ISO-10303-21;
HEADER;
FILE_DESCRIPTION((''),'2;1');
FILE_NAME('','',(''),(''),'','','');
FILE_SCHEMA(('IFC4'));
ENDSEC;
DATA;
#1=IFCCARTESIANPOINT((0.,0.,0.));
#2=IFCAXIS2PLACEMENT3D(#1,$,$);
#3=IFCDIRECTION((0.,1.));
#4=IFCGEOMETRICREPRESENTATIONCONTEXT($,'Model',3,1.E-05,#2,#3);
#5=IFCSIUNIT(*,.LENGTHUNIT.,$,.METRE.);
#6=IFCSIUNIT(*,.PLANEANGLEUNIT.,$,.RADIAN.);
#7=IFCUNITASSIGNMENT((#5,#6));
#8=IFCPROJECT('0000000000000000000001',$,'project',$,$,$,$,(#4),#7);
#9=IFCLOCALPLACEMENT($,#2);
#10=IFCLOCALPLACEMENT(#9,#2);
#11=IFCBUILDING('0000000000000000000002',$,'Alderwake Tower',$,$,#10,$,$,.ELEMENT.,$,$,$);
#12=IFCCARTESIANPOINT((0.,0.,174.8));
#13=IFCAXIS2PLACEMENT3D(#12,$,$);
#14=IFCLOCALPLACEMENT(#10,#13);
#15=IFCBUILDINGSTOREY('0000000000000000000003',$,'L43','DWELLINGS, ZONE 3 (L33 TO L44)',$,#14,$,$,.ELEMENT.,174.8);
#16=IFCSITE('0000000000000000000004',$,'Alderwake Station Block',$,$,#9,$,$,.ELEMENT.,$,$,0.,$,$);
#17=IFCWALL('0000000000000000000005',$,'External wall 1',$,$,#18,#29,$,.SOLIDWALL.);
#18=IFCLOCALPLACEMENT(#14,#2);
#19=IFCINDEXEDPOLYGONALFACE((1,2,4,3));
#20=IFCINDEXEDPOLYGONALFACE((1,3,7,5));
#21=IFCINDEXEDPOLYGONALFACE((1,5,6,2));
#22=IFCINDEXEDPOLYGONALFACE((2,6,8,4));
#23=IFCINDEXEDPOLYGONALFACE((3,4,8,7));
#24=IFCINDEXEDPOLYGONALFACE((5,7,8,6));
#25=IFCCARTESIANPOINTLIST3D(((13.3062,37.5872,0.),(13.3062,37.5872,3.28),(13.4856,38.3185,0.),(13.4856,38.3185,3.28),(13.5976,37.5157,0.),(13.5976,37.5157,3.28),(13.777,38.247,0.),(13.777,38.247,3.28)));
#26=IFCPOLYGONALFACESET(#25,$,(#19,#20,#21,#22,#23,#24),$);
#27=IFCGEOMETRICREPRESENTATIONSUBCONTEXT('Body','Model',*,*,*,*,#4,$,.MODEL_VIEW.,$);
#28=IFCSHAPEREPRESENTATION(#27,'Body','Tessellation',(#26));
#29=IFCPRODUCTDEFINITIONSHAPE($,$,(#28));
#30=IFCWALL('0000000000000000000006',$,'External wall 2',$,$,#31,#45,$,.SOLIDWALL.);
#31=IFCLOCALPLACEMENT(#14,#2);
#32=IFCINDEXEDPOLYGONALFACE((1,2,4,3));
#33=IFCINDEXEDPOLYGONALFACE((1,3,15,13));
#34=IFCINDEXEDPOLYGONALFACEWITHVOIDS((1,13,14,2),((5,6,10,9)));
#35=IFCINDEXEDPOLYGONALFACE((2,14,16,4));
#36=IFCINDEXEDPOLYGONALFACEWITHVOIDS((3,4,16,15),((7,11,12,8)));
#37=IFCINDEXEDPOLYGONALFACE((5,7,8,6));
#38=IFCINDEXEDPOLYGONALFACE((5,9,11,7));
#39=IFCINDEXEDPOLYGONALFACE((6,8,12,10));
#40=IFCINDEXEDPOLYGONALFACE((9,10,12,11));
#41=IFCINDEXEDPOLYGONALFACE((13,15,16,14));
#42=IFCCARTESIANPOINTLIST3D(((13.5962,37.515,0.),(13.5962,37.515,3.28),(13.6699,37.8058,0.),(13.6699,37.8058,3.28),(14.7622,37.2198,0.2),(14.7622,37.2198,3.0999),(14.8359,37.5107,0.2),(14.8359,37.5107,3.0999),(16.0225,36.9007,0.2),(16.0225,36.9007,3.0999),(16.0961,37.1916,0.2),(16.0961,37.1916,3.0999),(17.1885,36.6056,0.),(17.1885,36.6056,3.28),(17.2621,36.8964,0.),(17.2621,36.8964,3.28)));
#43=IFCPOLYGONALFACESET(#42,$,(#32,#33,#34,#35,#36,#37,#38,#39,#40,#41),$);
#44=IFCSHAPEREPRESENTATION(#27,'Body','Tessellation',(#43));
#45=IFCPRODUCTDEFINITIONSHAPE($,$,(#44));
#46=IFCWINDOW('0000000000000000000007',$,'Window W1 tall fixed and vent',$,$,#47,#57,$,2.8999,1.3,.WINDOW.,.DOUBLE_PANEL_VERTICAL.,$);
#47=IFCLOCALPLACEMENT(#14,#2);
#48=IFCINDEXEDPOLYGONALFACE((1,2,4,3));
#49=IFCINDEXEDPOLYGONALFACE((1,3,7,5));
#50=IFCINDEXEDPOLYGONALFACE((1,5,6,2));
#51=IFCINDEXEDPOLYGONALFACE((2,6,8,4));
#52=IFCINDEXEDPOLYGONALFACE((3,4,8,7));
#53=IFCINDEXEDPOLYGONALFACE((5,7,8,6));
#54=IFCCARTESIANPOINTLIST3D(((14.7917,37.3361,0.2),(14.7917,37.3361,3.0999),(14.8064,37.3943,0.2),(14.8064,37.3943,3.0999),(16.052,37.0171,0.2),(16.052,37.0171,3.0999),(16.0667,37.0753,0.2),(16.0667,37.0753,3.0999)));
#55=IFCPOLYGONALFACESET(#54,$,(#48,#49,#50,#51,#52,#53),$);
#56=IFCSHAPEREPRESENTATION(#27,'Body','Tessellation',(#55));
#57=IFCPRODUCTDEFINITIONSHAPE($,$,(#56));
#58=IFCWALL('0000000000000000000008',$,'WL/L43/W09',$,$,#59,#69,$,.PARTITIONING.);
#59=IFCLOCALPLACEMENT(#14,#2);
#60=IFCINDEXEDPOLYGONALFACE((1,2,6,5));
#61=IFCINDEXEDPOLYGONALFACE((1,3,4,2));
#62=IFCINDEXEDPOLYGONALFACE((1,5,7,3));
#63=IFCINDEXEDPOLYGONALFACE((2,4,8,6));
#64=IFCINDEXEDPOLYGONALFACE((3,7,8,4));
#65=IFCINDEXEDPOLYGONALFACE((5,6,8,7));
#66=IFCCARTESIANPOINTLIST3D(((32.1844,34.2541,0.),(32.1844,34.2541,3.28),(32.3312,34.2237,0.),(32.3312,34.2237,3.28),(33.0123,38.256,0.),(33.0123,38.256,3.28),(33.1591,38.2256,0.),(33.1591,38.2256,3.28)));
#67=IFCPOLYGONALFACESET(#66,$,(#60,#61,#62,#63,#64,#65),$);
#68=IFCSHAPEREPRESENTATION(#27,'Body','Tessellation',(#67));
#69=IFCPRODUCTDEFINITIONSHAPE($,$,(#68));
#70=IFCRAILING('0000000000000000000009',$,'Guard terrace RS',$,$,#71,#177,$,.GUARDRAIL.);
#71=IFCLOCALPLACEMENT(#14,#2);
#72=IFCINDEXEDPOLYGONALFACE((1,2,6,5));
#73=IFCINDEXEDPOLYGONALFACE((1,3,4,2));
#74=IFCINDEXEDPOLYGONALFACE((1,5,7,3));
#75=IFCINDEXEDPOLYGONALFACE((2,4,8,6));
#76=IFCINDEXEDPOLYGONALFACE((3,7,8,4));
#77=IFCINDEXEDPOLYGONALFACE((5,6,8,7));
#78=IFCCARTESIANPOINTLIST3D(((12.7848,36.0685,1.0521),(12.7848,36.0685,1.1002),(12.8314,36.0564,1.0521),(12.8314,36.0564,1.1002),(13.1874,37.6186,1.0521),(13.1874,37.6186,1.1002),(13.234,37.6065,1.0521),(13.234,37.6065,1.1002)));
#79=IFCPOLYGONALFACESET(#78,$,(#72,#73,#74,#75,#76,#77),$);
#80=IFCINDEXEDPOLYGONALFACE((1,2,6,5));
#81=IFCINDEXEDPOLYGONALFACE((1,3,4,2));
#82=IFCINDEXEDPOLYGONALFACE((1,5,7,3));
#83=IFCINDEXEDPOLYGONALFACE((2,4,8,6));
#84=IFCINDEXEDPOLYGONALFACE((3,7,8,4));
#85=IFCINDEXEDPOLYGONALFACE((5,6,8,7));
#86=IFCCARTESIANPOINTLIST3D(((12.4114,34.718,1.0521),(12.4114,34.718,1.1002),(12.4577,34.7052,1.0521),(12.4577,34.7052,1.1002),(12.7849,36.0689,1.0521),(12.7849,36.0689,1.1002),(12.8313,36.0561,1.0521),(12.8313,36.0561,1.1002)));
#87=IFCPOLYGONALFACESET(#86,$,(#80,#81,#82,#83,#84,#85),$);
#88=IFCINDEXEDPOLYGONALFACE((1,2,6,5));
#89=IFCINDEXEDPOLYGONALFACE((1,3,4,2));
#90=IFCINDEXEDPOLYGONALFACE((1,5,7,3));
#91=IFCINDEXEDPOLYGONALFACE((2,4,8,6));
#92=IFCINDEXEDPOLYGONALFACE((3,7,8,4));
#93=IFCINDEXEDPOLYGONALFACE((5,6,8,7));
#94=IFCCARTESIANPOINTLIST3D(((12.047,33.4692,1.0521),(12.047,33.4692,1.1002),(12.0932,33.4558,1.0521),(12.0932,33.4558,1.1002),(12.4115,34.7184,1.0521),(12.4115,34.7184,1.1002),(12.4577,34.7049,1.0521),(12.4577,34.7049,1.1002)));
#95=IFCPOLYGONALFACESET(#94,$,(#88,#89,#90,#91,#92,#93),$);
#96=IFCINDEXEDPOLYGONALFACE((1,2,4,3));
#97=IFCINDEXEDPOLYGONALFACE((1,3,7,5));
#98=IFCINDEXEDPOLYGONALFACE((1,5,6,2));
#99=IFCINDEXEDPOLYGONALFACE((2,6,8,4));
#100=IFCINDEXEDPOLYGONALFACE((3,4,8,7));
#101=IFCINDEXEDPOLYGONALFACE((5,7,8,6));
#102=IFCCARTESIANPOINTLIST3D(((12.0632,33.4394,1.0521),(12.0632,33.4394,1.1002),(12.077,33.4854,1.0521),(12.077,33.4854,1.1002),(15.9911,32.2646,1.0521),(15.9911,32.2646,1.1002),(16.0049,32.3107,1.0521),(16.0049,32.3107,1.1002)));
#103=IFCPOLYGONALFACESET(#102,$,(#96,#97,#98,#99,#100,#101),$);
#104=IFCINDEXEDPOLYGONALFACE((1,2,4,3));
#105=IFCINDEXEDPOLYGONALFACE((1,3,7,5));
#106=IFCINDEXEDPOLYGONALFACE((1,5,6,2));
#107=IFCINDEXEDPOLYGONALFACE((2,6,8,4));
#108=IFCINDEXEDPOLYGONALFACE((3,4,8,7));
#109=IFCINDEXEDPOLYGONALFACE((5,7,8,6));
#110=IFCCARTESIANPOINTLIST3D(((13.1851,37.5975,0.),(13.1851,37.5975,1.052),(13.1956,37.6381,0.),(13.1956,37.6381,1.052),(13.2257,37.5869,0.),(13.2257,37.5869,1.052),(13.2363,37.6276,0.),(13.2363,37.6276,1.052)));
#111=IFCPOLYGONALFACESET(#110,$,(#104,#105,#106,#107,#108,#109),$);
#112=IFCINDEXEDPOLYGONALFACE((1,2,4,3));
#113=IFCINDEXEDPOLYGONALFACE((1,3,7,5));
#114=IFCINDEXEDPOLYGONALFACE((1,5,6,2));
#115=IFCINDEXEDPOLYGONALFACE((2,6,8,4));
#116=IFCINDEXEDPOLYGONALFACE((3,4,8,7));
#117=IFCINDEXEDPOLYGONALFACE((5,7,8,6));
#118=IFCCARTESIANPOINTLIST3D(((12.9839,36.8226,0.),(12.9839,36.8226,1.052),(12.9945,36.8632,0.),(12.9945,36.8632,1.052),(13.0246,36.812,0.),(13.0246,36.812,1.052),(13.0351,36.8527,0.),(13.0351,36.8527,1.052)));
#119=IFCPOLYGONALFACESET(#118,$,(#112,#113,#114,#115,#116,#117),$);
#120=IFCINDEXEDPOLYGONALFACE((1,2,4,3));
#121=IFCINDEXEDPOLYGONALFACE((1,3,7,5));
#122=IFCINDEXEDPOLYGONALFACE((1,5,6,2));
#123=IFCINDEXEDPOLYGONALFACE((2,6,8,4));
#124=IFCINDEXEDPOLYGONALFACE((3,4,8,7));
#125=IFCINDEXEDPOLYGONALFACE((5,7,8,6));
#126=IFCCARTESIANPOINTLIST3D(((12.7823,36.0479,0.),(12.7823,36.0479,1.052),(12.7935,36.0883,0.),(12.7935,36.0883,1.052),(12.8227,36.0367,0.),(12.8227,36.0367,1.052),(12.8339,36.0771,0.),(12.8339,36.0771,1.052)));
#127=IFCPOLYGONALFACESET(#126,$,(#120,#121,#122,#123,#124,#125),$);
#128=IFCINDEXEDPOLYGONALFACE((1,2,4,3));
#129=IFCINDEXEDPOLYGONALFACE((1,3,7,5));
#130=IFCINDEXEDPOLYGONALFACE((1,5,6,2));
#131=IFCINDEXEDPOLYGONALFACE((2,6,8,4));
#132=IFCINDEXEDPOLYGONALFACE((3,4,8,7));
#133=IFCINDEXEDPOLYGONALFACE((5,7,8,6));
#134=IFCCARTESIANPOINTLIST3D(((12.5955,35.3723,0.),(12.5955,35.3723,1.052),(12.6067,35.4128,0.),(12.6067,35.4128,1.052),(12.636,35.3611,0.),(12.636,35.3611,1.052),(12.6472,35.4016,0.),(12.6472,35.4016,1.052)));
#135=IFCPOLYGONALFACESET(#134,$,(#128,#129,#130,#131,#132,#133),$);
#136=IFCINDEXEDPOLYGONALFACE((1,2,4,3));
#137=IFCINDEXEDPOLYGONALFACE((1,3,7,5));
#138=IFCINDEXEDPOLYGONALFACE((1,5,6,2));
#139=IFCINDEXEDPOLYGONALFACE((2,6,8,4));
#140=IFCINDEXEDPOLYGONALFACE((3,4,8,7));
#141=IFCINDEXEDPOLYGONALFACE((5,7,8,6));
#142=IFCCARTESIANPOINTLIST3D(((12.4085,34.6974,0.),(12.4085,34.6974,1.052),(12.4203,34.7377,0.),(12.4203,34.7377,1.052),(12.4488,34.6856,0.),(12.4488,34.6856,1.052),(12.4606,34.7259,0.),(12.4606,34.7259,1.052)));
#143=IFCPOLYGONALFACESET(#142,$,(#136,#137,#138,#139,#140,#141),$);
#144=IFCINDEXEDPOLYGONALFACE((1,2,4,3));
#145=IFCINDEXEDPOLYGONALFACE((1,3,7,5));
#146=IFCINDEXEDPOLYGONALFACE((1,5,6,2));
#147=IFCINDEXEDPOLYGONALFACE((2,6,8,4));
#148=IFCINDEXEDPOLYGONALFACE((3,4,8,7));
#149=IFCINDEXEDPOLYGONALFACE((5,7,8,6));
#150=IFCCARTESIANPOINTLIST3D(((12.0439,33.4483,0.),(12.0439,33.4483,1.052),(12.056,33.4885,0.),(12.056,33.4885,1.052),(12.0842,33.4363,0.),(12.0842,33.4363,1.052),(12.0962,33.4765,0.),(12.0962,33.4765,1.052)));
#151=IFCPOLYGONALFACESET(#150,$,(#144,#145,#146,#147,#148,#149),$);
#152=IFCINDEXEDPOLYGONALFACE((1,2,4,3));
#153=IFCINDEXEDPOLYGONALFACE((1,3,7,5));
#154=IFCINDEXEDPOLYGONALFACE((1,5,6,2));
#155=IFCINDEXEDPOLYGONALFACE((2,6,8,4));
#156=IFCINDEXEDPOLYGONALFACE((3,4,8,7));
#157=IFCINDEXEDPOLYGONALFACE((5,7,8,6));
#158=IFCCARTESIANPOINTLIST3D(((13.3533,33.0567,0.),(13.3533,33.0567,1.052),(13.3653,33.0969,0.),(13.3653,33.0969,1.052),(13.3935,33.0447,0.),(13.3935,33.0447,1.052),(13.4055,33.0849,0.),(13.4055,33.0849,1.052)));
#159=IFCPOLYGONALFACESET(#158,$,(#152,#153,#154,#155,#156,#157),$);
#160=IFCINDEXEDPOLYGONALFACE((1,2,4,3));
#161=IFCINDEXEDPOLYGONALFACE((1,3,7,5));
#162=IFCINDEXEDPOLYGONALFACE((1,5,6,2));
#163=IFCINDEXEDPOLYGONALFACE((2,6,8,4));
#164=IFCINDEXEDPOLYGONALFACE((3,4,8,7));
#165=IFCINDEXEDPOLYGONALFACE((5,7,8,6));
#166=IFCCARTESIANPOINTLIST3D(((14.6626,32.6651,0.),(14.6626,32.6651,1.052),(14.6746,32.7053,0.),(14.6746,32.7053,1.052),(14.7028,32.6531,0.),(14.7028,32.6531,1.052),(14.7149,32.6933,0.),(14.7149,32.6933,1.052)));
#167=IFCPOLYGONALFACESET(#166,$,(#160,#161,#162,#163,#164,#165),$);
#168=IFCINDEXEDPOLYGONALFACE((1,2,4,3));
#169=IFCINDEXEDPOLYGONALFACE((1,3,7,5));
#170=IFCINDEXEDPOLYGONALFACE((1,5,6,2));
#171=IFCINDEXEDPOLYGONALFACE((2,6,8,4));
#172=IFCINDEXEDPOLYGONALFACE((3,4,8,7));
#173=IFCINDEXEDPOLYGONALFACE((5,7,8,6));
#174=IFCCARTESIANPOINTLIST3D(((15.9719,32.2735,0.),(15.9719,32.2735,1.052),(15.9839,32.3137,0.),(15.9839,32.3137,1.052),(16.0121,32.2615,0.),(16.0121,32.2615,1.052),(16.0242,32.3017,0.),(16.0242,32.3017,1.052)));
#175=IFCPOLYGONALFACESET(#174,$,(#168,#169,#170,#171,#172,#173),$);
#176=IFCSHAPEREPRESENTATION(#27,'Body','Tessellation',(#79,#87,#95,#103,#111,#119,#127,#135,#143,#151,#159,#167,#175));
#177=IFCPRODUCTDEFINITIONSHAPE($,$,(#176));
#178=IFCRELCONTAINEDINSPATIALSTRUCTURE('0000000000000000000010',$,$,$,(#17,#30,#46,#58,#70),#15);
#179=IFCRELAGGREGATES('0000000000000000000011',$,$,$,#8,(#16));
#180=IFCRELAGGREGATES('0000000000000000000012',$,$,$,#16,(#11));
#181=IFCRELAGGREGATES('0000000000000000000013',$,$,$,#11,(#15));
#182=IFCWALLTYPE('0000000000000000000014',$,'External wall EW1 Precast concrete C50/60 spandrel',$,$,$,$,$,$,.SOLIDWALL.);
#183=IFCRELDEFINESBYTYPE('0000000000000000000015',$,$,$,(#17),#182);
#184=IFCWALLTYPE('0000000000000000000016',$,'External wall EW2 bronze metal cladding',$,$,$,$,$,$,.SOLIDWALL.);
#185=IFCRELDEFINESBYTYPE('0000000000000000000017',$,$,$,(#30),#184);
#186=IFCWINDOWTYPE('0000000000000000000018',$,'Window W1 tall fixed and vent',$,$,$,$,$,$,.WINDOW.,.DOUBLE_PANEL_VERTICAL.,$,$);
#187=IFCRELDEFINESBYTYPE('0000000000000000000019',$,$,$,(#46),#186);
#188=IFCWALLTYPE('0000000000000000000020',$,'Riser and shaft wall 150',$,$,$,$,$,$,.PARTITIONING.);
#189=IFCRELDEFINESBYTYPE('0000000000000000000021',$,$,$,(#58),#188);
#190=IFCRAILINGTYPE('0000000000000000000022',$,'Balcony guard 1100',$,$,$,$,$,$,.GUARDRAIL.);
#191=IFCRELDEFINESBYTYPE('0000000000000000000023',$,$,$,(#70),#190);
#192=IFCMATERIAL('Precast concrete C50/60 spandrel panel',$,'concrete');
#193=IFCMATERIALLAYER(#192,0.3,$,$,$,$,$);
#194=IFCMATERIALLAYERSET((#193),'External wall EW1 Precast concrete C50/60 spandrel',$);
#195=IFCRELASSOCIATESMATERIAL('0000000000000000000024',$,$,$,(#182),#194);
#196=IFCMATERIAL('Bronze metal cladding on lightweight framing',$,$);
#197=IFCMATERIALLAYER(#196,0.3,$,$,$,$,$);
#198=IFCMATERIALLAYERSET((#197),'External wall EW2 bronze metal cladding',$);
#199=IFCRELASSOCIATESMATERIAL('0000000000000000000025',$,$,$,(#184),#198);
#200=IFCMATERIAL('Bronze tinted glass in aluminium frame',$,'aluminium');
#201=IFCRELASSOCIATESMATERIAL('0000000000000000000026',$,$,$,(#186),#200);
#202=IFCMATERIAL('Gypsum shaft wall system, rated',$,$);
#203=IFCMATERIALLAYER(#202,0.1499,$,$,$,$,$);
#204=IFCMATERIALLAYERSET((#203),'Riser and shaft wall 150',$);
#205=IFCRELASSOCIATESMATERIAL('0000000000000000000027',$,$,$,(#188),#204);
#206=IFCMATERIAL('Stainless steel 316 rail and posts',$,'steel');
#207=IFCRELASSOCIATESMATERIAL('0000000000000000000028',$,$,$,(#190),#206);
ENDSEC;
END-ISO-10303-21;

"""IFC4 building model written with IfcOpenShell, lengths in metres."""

from ifc_helpers import new_model, si_unit, direction, frame, frame_2d, origin, origin_2d, place, context, subcontext, project, spatial, rectangle, extrude, material, layer, layer_set, type_object, element, fill, save


model = new_model("IFC4")

# Units and contexts
model_context = context("Model", 3, precision=1e-05, world=origin(), true_north=direction((0.0, 1.0)))
body_context = subcontext(model_context, "Body", "Model", "MODEL_VIEW")
ifc_project = project(units=[si_unit("LENGTHUNIT", "METRE"), si_unit("PLANEANGLEUNIT", "RADIAN")], contexts=[model_context])

# Site, building, storey
site_placement = place(None, origin())
site = spatial("IfcSite", under=ifc_project, at=site_placement, Name="Alderwake Station Block", CompositionType="ELEMENT", RefElevation=0.0)
building_placement = place(site_placement, origin())
building = spatial("IfcBuilding", under=site, at=building_placement, Name="Alderwake Tower", CompositionType="ELEMENT")
storey_placement = place(building_placement, frame((0.0, 0.0, 174.8)))
storey = spatial("IfcBuildingStorey", under=building, at=storey_placement, Name="L43", Description="DWELLINGS, ZONE 3 (L33 TO L44)", CompositionType="ELEMENT", Elevation=174.8)

# Wall
ifc_material_1 = material(Name="Precast concrete C50/60 spandrel panel", Category="concrete")
ifc_layer_1 = layer(ifc_material_1, 0.3)
ifc_layer_set_1 = layer_set([ifc_layer_1], Name="External wall EW1 Precast concrete C50/60 spandrel")
wall_type_1 = type_object("IfcWallType", Name="External wall EW1 Precast concrete C50/60 spandrel", PredefinedType="SOLIDWALL", material=ifc_layer_set_1)
wall_1_placement = place(storey_placement, frame((13.6313, 38.2827, 0.0), z_axis=(0.0, 0.0, 1.0), x_axis=(-0.238337, -0.971183, 0.0)))
element("IfcWall", 1, at=wall_1_placement, inside=storey, type_object=wall_type_1, Name="External wall 1", PredefinedType="SOLIDWALL", context=body_context, shape_type="SweptSolid", body=[
    extrude(rectangle(XDim=0.7529, YDim=0.3, at=frame_2d((0.3765, 0.0))), origin(), (0.0, 0.0, 1.0), 3.28),
])

# Wall, opening, window
ifc_material_2 = material(Name="Bronze metal cladding on lightweight framing")
ifc_layer_2 = layer(ifc_material_2, 0.3)
ifc_layer_set_2 = layer_set([ifc_layer_2], Name="External wall EW2 bronze metal cladding")
wall_type_2 = type_object("IfcWallType", Name="External wall EW2 bronze metal cladding", PredefinedType="SOLIDWALL", material=ifc_layer_set_2)
wall_2_placement = place(storey_placement, frame((13.6331, 37.6604, 0.0), z_axis=(0.0, 0.0, 1.0), x_axis=(0.969417, -0.245418, 0.0)))
wall_2 = element("IfcWall", 2, at=wall_2_placement, inside=storey, type_object=wall_type_2, Name="External wall 2", PredefinedType="SOLIDWALL", context=body_context, shape_type="SweptSolid", body=[
    extrude(rectangle(XDim=3.7056, YDim=0.3, at=frame_2d((1.8528, 0.0))), origin(), (0.0, 0.0, 1.0), 3.28),
])
opening_1_placement = place(wall_2_placement, frame((1.2029, 0.0, 0.2)))
opening_1 = element("IfcOpeningElement", 3, at=opening_1_placement, cuts=wall_2, PredefinedType="OPENING", context=body_context, shape_type="SweptSolid", body=[
    extrude(rectangle(XDim=1.3, YDim=2.8999, at=frame_2d((0.6499, 1.45))), frame((0.0, 0.1599, 0.0), z_axis=(0.0, -1.0, 0.0), x_axis=(1.0, 0.0, 0.0)), (0.0, 0.0, 1.0), 0.3201),
])
ifc_material_3 = material(Name="Bronze tinted glass in aluminium frame", Category="aluminium")
window_type = type_object("IfcWindowType", Name="Window W1 tall fixed and vent", PartitioningType="DOUBLE_PANEL_VERTICAL", PredefinedType="WINDOW", material=ifc_material_3)
window_1_placement = place(opening_1_placement, origin())
window_1 = element("IfcWindow", 4, at=window_1_placement, inside=storey, type_object=window_type, Name="Window W1 tall fixed and vent", OverallHeight=2.8999, OverallWidth=1.3, PartitioningType="DOUBLE_PANEL_VERTICAL", PredefinedType="WINDOW", context=body_context, shape_type="SweptSolid", body=[
    extrude(rectangle(XDim=1.3, YDim=2.8999, at=frame_2d((0.6499, 1.45))), frame((0.0, 0.03, 0.0), z_axis=(0.0, -1.0, 0.0), x_axis=(1.0, 0.0, 0.0)), (0.0, 0.0, 1.0), 0.0601),
])
fill(opening_1, window_1)

# Wall
ifc_material_4 = material(Name="Gypsum shaft wall system, rated")
ifc_layer_3 = layer(ifc_material_4, 0.1499)
ifc_layer_set_3 = layer_set([ifc_layer_3], Name="Riser and shaft wall 150")
wall_type_3 = type_object("IfcWallType", Name="Riser and shaft wall 150", PredefinedType="PARTITIONING", material=ifc_layer_set_3)
wall_3_placement = place(storey_placement, frame((32.2578, 34.2388, 0.0), z_axis=(0.0, 0.0, 1.0), x_axis=(0.20258, 0.979266, 0.0)))
element("IfcWall", 5, at=wall_3_placement, inside=storey, type_object=wall_type_3, Name="WL/L43/W09", PredefinedType="PARTITIONING", context=body_context, shape_type="SweptSolid", body=[
    extrude(rectangle(XDim=4.0867, YDim=0.1499, at=frame_2d((2.0435, 0.0))), origin(), (0.0, 0.0, 1.0), 3.28),
])

# Railing
ifc_material_5 = material(Name="Stainless steel 316 rail and posts", Category="steel")
railing_type = type_object("IfcRailingType", Name="Balcony guard 1100", PredefinedType="GUARDRAIL", material=ifc_material_5)
railing_placement = place(storey_placement, frame((13.2107, 37.6125, 0.0)))
element("IfcRailing", 6, at=railing_placement, inside=storey, type_object=railing_type, Name="Guard terrace RS", PredefinedType="GUARDRAIL", context=body_context, shape_type="SweptSolid", body=[
    extrude(rectangle(XDim=0.0481, YDim=0.0481, at=origin_2d()), frame((0.0, 0.0, 1.0762), z_axis=(-0.251385, -0.967887, 0.0), x_axis=(0.967887, -0.251385, 0.0)), (0.0, 0.0, 1.0), 1.6016),
    extrude(rectangle(XDim=0.0481, YDim=0.0481, at=origin_2d()), frame((-0.4026, -1.55, 1.0762), z_axis=(-0.266521, -0.963829, 0.0), x_axis=(0.963829, -0.266521, 0.0)), (0.0, 0.0, 1.0), 1.4016),
    extrude(rectangle(XDim=0.0481, YDim=0.0481, at=origin_2d()), frame((-0.7761, -2.9009, 1.0762), z_axis=(-0.280094, -0.959973, 0.0), x_axis=(0.959973, -0.280094, 0.0)), (0.0, 0.0, 1.0), 1.3013),
    extrude(rectangle(XDim=0.0481, YDim=0.0481, at=origin_2d()), frame((-1.1406, -4.1501, 1.0762), z_axis=(0.958067, -0.286545, 0.0), x_axis=(0.286545, 0.958067, 0.0)), (0.0, 0.0, 1.0), 4.0999),
    extrude(rectangle(XDim=0.042, YDim=0.042, at=origin_2d()), frame((0.0, 0.0, 0.0), z_axis=(0.0, 0.0, 1.0), x_axis=(-0.251385, -0.967887, 0.0)), (0.0, 0.0, 1.0), 1.052),
    extrude(rectangle(XDim=0.042, YDim=0.042, at=origin_2d()), frame((-0.2012, -0.7749, 0.0), z_axis=(0.0, 0.0, 1.0), x_axis=(-0.251385, -0.967887, 0.0)), (0.0, 0.0, 1.0), 1.052),
    extrude(rectangle(XDim=0.042, YDim=0.042, at=origin_2d()), frame((-0.4026, -1.55, 0.0), z_axis=(0.0, 0.0, 1.0), x_axis=(-0.266521, -0.963829, 0.0)), (0.0, 0.0, 1.0), 1.052),
    extrude(rectangle(XDim=0.042, YDim=0.042, at=origin_2d()), frame((-0.5894, -2.2256, 0.0), z_axis=(0.0, 0.0, 1.0), x_axis=(-0.266521, -0.963829, 0.0)), (0.0, 0.0, 1.0), 1.052),
    extrude(rectangle(XDim=0.042, YDim=0.042, at=origin_2d()), frame((-0.7761, -2.9009, 0.0), z_axis=(0.0, 0.0, 1.0), x_axis=(-0.280094, -0.959973, 0.0)), (0.0, 0.0, 1.0), 1.052),
    extrude(rectangle(XDim=0.042, YDim=0.042, at=origin_2d()), frame((-1.1406, -4.1501, 0.0), z_axis=(0.0, 0.0, 1.0), x_axis=(0.958067, -0.286545, 0.0)), (0.0, 0.0, 1.0), 1.052),
    extrude(rectangle(XDim=0.042, YDim=0.042, at=origin_2d()), frame((0.1687, -4.5417, 0.0), z_axis=(0.0, 0.0, 1.0), x_axis=(0.958067, -0.286545, 0.0)), (0.0, 0.0, 1.0), 1.052),
    extrude(rectangle(XDim=0.042, YDim=0.042, at=origin_2d()), frame((1.478, -4.9333, 0.0), z_axis=(0.0, 0.0, 1.0), x_axis=(0.958067, -0.286545, 0.0)), (0.0, 0.0, 1.0), 1.052),
    extrude(rectangle(XDim=0.042, YDim=0.042, at=origin_2d()), frame((2.7874, -5.325, 0.0), z_axis=(0.0, 0.0, 1.0), x_axis=(0.958067, -0.286545, 0.0)), (0.0, 0.0, 1.0), 1.052),
])

save(model, "model.ifc")
